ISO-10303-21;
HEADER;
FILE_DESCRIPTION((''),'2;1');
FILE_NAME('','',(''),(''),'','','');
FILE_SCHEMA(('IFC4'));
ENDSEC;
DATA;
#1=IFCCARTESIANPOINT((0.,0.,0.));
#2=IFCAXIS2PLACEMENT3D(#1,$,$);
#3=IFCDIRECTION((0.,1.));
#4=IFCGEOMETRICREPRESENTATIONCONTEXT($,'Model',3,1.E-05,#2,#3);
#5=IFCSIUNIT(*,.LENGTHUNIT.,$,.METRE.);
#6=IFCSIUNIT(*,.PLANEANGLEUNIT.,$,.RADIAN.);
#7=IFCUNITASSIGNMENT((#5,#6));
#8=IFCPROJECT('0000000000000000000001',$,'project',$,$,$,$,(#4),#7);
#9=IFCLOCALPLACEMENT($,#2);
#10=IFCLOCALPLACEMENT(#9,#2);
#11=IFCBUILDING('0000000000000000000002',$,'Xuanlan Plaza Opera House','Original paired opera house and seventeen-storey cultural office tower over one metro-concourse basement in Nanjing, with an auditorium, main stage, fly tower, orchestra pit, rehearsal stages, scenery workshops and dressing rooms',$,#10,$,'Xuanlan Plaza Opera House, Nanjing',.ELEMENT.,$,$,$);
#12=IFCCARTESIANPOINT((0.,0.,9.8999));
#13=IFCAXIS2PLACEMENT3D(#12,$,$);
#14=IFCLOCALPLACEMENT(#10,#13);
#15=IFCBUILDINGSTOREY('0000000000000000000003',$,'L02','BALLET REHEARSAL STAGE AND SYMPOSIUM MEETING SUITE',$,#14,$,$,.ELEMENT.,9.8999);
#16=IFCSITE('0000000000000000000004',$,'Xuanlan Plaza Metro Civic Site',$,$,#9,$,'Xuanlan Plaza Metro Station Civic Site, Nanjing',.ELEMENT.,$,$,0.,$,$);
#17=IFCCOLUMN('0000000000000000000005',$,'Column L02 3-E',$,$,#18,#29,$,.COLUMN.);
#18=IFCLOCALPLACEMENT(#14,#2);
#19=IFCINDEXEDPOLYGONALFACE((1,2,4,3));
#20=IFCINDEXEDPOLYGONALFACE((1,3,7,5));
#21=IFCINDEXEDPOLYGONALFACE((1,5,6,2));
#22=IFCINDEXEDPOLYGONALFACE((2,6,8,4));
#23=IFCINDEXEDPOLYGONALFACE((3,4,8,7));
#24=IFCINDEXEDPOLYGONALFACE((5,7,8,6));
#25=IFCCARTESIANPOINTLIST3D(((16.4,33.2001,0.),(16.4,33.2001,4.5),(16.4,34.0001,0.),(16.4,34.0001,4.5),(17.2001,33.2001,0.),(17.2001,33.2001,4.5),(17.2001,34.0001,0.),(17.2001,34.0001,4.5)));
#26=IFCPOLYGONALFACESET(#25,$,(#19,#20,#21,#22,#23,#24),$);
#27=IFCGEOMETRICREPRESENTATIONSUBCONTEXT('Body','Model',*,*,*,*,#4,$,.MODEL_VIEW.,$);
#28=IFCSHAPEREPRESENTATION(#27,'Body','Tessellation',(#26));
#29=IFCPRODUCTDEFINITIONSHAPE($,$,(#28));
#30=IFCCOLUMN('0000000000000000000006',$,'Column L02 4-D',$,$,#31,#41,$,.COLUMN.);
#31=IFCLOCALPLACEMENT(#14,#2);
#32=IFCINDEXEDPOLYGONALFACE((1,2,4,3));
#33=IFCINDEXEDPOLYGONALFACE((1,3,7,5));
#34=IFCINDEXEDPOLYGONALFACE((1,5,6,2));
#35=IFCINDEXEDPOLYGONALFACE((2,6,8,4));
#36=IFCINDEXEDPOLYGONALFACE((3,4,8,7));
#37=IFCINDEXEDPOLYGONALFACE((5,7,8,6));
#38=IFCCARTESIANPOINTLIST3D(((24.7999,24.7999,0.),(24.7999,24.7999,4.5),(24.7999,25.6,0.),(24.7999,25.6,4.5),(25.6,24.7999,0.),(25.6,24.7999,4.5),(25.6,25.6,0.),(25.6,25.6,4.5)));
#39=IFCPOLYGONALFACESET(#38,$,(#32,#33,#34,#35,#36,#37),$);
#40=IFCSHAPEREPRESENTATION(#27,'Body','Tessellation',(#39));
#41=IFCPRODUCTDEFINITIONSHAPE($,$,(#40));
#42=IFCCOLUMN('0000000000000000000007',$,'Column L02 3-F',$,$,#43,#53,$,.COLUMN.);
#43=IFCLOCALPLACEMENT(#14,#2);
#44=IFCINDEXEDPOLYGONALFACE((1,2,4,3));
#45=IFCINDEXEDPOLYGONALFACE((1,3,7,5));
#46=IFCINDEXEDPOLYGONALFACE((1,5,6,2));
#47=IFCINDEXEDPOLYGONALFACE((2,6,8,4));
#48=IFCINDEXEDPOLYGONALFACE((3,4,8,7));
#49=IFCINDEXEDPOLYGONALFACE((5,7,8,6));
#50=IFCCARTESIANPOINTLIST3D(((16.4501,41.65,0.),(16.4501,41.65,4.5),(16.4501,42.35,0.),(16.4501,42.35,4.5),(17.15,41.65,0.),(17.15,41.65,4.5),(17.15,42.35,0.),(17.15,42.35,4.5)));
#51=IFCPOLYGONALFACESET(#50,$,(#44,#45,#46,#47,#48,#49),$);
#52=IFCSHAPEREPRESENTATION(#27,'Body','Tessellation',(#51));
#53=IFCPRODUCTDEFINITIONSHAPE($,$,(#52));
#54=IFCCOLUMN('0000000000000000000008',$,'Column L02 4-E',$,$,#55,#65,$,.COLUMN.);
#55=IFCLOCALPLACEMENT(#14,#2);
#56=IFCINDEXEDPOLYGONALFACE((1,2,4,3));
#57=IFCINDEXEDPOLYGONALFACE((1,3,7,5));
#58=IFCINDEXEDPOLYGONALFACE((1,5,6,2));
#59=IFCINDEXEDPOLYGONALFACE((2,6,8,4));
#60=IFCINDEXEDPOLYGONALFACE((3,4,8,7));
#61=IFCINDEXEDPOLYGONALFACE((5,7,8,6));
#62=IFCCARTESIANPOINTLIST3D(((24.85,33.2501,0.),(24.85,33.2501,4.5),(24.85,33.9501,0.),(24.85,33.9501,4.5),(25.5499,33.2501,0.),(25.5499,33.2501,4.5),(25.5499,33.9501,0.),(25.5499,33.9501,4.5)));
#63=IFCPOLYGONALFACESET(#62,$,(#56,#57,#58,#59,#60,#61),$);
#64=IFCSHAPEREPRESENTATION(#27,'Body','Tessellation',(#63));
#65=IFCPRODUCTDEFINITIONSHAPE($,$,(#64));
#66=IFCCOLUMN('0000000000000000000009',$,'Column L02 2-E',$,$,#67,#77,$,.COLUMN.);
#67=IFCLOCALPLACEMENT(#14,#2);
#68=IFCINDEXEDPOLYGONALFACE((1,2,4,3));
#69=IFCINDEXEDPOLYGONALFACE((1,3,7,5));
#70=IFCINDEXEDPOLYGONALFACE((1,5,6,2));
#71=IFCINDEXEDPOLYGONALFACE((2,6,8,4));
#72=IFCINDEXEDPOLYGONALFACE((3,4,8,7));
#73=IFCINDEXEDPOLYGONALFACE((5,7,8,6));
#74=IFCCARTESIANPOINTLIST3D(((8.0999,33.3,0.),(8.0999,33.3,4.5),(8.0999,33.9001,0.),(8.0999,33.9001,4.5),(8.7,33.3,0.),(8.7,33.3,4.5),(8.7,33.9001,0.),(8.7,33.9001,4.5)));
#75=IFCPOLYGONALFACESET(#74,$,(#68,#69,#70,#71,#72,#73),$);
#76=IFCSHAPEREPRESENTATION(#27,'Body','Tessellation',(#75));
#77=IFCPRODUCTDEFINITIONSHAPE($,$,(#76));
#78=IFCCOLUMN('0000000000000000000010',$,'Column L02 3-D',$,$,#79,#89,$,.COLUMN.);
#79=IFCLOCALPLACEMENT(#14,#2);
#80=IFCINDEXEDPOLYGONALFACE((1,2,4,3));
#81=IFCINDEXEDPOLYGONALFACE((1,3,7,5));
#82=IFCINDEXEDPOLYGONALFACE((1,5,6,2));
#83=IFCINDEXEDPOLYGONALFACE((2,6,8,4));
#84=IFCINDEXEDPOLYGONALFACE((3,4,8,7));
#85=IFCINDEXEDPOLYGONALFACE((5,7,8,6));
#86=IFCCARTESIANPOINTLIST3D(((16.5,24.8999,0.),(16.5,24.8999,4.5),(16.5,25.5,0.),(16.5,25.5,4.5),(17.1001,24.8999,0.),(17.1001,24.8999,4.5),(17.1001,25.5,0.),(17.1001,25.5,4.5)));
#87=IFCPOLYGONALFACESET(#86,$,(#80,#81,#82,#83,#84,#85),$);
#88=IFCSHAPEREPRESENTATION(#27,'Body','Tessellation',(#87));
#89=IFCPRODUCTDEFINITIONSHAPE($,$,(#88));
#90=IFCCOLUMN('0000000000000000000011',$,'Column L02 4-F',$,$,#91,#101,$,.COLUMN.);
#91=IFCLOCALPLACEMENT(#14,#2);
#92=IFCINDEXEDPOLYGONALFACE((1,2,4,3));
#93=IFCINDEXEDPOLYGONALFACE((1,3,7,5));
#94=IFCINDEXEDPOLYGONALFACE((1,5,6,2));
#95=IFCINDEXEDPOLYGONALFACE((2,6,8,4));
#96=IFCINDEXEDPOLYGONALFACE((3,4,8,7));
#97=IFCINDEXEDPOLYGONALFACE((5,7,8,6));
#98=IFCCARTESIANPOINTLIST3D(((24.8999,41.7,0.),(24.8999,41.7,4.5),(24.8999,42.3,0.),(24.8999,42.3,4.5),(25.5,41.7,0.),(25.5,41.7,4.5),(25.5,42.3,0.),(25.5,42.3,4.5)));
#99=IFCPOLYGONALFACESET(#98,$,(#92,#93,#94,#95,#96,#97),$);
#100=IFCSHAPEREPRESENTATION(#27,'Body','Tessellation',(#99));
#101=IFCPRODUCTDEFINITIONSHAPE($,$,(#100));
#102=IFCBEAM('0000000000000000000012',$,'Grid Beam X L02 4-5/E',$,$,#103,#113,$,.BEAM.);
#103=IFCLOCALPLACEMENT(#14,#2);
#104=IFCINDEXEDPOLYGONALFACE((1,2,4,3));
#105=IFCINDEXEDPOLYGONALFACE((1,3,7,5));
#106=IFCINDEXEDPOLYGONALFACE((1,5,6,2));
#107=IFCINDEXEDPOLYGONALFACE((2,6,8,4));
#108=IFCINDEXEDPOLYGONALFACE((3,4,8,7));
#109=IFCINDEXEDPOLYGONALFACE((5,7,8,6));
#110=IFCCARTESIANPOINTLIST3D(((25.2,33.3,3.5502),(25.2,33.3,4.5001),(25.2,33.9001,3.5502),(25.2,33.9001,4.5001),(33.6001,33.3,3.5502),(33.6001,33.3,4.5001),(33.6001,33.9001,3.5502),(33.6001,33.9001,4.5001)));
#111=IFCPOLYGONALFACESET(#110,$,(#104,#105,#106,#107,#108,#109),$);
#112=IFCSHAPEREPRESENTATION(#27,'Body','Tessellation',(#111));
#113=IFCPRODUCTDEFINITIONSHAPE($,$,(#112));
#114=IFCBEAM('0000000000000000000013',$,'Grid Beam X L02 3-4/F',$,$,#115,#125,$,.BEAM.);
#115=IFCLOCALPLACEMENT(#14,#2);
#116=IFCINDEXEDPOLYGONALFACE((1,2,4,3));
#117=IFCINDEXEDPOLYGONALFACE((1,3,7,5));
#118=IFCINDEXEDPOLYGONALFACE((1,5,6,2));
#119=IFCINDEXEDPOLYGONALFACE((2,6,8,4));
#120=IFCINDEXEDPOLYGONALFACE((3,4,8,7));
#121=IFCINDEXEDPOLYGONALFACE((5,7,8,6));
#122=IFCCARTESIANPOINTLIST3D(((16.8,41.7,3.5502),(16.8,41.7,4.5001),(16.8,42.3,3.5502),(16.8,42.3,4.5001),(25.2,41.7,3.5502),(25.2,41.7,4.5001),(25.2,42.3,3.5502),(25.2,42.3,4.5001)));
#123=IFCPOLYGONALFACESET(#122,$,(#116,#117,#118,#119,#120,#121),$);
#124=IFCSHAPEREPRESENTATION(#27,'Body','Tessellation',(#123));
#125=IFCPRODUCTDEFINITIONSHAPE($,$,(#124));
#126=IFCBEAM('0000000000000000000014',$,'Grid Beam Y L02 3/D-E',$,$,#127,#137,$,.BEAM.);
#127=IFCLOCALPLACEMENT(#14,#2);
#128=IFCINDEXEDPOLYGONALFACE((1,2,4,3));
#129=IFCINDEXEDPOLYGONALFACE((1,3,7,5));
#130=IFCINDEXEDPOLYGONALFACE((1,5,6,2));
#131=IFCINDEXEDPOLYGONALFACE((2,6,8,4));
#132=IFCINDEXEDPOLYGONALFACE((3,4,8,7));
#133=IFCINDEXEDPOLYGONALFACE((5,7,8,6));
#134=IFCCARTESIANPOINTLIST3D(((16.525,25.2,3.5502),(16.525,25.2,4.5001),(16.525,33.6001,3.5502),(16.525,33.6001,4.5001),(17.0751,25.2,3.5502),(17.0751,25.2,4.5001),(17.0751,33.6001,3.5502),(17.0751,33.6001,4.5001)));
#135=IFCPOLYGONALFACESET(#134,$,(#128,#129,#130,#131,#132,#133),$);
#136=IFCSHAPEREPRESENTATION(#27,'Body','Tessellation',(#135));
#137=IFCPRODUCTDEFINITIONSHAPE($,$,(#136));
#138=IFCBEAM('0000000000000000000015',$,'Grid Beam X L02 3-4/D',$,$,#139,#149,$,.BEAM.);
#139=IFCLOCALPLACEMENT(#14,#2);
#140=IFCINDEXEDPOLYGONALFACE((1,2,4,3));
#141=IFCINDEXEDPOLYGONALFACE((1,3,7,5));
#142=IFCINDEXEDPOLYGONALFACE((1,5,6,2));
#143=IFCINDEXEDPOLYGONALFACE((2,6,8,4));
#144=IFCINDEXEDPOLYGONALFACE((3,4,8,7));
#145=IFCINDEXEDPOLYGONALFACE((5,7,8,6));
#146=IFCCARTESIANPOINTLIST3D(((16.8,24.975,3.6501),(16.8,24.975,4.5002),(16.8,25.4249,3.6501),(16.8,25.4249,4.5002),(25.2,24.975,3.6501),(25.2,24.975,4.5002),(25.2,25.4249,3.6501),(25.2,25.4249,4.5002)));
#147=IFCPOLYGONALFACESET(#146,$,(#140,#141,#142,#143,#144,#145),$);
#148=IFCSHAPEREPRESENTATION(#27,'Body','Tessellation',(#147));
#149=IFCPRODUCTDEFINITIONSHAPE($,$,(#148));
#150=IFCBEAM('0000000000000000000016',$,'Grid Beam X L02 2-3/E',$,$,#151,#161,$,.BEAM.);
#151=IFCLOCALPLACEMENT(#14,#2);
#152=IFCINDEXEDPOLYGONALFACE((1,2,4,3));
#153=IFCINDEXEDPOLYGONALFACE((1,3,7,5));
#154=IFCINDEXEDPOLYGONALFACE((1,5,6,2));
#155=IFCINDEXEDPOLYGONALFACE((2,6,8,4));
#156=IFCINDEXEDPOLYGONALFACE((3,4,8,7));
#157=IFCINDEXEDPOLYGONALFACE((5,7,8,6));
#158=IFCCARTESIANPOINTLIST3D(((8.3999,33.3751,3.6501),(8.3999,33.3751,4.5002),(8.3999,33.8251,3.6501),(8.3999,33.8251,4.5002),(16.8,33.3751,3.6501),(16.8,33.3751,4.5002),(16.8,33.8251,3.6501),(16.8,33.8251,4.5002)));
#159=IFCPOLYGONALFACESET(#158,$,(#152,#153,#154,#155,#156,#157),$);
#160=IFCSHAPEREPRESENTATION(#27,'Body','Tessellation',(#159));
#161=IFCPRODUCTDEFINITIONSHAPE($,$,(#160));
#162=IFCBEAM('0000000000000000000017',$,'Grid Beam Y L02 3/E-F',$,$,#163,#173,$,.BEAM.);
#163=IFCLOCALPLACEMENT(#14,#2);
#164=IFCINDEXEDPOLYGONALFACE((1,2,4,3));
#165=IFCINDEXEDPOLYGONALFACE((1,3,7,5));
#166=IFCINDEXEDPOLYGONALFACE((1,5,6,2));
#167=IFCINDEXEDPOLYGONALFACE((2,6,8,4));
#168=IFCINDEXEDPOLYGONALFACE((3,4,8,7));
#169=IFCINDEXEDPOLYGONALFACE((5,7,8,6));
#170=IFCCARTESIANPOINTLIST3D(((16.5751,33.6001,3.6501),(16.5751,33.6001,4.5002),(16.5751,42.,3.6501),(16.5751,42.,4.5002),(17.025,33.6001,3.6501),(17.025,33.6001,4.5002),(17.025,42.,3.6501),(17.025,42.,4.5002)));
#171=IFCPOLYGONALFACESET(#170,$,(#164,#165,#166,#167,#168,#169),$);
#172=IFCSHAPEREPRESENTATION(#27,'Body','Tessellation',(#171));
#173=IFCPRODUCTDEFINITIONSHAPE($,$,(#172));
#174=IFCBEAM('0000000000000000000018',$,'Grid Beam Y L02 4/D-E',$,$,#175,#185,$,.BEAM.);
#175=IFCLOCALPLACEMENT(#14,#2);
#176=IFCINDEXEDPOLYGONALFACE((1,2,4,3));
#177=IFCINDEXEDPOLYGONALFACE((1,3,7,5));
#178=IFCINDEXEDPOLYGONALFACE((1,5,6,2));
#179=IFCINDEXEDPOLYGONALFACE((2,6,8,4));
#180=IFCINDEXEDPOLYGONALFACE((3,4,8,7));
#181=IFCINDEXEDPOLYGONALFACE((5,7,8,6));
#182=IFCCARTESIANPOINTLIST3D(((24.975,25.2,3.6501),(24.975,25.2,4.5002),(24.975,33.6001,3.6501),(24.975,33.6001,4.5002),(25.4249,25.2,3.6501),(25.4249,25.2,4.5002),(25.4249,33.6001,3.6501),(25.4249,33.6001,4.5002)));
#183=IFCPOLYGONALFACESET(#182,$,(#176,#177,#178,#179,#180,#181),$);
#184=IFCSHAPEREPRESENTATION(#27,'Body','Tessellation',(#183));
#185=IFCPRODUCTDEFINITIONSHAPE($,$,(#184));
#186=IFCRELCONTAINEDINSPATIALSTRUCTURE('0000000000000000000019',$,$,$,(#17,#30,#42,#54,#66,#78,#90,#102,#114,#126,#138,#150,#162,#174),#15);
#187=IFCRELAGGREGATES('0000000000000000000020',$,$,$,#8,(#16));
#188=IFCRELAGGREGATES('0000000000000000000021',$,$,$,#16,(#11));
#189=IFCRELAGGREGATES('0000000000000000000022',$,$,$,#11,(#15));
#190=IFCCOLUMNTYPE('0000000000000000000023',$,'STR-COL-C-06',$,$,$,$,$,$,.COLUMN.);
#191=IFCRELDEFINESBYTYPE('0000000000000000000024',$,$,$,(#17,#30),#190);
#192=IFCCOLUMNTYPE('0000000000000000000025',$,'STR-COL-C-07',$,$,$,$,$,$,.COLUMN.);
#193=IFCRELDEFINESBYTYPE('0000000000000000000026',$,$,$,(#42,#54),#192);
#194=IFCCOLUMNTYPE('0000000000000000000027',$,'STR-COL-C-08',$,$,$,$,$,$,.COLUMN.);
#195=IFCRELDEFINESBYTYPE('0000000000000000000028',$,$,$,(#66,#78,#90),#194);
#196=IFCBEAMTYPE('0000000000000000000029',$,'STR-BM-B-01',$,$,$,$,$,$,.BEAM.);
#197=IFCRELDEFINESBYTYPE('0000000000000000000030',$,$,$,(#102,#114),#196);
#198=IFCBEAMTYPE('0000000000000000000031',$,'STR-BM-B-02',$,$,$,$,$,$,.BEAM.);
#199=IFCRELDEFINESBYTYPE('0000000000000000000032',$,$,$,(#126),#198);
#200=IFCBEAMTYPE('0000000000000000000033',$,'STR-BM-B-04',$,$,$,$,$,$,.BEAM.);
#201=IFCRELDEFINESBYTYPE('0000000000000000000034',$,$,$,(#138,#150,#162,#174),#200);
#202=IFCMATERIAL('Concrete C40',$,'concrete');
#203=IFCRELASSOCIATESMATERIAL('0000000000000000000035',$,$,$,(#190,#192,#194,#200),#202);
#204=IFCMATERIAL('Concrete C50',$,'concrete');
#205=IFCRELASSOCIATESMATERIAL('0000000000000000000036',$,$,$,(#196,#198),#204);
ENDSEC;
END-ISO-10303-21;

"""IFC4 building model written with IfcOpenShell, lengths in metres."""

from ifc_helpers import new_model, si_unit, direction, frame, origin, origin_2d, place, context, subcontext, project, spatial, rectangle, extrude, material, material_profile, profile_set, type_object, element, save


model = new_model("IFC4")

# Units and contexts
model_context = context("Model", 3, precision=1e-05, world=origin(), true_north=direction((0.0, 1.0)))
body_context = subcontext(model_context, "Body", "Model", "MODEL_VIEW")
ifc_project = project(units=[si_unit("LENGTHUNIT", "METRE"), si_unit("PLANEANGLEUNIT", "RADIAN")], contexts=[model_context])

# Site, building, storey
site_placement = place(None, origin())
site = spatial("IfcSite", under=ifc_project, at=site_placement, Name="Xuanlan Plaza Metro Civic Site", LongName="Xuanlan Plaza Metro Station Civic Site, Nanjing", CompositionType="ELEMENT", RefElevation=0.0)
building_placement = place(site_placement, origin())
building = spatial("IfcBuilding", under=site, at=building_placement, Name="Xuanlan Plaza Opera House", Description="Original paired opera house and seventeen-storey cultural office tower over one metro-concourse basement in Nanjing, with an auditorium, main stage, fly tower, orchestra pit, rehearsal stages, scenery workshops and dressing rooms", LongName="Xuanlan Plaza Opera House, Nanjing", CompositionType="ELEMENT")
storey_placement = place(building_placement, frame((0.0, 0.0, 9.8999)))
storey = spatial("IfcBuildingStorey", under=building, at=storey_placement, Name="L02", Description="BALLET REHEARSAL STAGE AND SYMPOSIUM MEETING SUITE", CompositionType="ELEMENT", Elevation=9.8999)

# Columns
ifc_material_1 = material(Name="Concrete C40", Category="concrete")
ifc_material_profile_1 = material_profile(ifc_material_1, rectangle(XDim=0.8, YDim=0.8, at=origin_2d()), Name="RC-COL 800x800")
ifc_profile_set_1 = profile_set([ifc_material_profile_1], Name="Concrete C40")
column_type_1 = type_object("IfcColumnType", Name="STR-COL-C-06", PredefinedType="COLUMN", material=ifc_profile_set_1)
for number, where, z_axis, x_axis, name in (
    (1, (16.8, 33.6001, 0.0), (0.0, 0.0, 1.0), (1.0, 0.0, 0.0), "Column L02 3-E"),
    (2, (25.2, 25.2, 0.0), (0.0, 0.0, 1.0), (1.0, 0.0, 0.0), "Column L02 4-D"),
):
    element("IfcColumn", number, at=place(storey_placement, frame(where, z_axis=z_axis, x_axis=x_axis)), inside=storey, type_object=column_type_1, Name=name, PredefinedType="COLUMN", context=body_context, shape_type="SweptSolid", body=[
        extrude(rectangle(XDim=0.8, YDim=0.8, at=origin_2d()), origin(), (0.0, 0.0, 1.0), 4.5),
    ])
ifc_material_profile_2 = material_profile(ifc_material_1, rectangle(XDim=0.7, YDim=0.7, at=origin_2d()), Name="RC-COL 700x700")
ifc_profile_set_2 = profile_set([ifc_material_profile_2], Name="Concrete C40")
column_type_2 = type_object("IfcColumnType", Name="STR-COL-C-07", PredefinedType="COLUMN", material=ifc_profile_set_2)
for number, where, z_axis, x_axis, name in (
    (3, (16.8, 42.0, 0.0), (0.0, 0.0, 1.0), (1.0, 0.0, 0.0), "Column L02 3-F"),
    (4, (25.2, 33.6001, 0.0), (0.0, 0.0, 1.0), (1.0, 0.0, 0.0), "Column L02 4-E"),
):
    element("IfcColumn", number, at=place(storey_placement, frame(where, z_axis=z_axis, x_axis=x_axis)), inside=storey, type_object=column_type_2, Name=name, PredefinedType="COLUMN", context=body_context, shape_type="SweptSolid", body=[
        extrude(rectangle(XDim=0.7, YDim=0.7, at=origin_2d()), origin(), (0.0, 0.0, 1.0), 4.5),
    ])
ifc_material_profile_3 = material_profile(ifc_material_1, rectangle(XDim=0.6001, YDim=0.6001, at=origin_2d()), Name="RC-COL 600x600")
ifc_profile_set_3 = profile_set([ifc_material_profile_3], Name="Concrete C40")
column_type_3 = type_object("IfcColumnType", Name="STR-COL-C-08", PredefinedType="COLUMN", material=ifc_profile_set_3)
for number, where, z_axis, x_axis, name in (
    (5, (8.3999, 33.6001, 0.0), (0.0, 0.0, 1.0), (1.0, 0.0, 0.0), "Column L02 2-E"),
    (6, (16.8, 25.2, 0.0), (0.0, 0.0, 1.0), (1.0, 0.0, 0.0), "Column L02 3-D"),
    (7, (25.2, 42.0, 0.0), (0.0, 0.0, 1.0), (1.0, 0.0, 0.0), "Column L02 4-F"),
):
    element("IfcColumn", number, at=place(storey_placement, frame(where, z_axis=z_axis, x_axis=x_axis)), inside=storey, type_object=column_type_3, Name=name, PredefinedType="COLUMN", context=body_context, shape_type="SweptSolid", body=[
        extrude(rectangle(XDim=0.6001, YDim=0.6001, at=origin_2d()), origin(), (0.0, 0.0, 1.0), 4.5),
    ])

# Beams
ifc_material_2 = material(Name="Concrete C50", Category="concrete")
ifc_material_profile_4 = material_profile(ifc_material_2, rectangle(XDim=0.6001, YDim=0.95, at=origin_2d()), Name="RC-BM 600x950")
ifc_profile_set_4 = profile_set([ifc_material_profile_4], Name="Concrete C50")
beam_type_1 = type_object("IfcBeamType", Name="STR-BM-B-01", PredefinedType="BEAM", material=ifc_profile_set_4)
beam_1_placement = place(storey_placement, frame((25.2, 33.6001, 4.0251), z_axis=(1.0, 0.0, 0.0), x_axis=(0.0, 1.0, 0.0)))
element("IfcBeam", 8, at=beam_1_placement, inside=storey, type_object=beam_type_1, Name="Grid Beam X L02 4-5/E", PredefinedType="BEAM", context=body_context, shape_type="SweptSolid", body=[
    extrude(rectangle(XDim=0.6001, YDim=0.95, at=origin_2d()), origin(), (0.0, 0.0, 1.0), 8.4001),
])
beam_2_placement = place(storey_placement, frame((16.8, 42.0, 4.0251), z_axis=(1.0, 0.0, 0.0), x_axis=(0.0, 1.0, 0.0)))
element("IfcBeam", 9, at=beam_2_placement, inside=storey, type_object=beam_type_1, Name="Grid Beam X L02 3-4/F", PredefinedType="BEAM", context=body_context, shape_type="SweptSolid", body=[
    extrude(rectangle(XDim=0.6001, YDim=0.95, at=origin_2d()), origin(), (0.0, 0.0, 1.0), 8.3999),
])
ifc_material_profile_5 = material_profile(ifc_material_2, rectangle(XDim=0.55, YDim=0.95, at=origin_2d()), Name="RC-BM 550x950")
ifc_profile_set_5 = profile_set([ifc_material_profile_5], Name="Concrete C50")
beam_type_2 = type_object("IfcBeamType", Name="STR-BM-B-02", PredefinedType="BEAM", material=ifc_profile_set_5)
beam_3_placement = place(storey_placement, frame((16.8, 25.2, 4.0251), z_axis=(0.0, 1.0, 0.0), x_axis=(-1.0, 0.0, 0.0)))
element("IfcBeam", 10, at=beam_3_placement, inside=storey, type_object=beam_type_2, Name="Grid Beam Y L02 3/D-E", PredefinedType="BEAM", context=body_context, shape_type="SweptSolid", body=[
    extrude(rectangle(XDim=0.55, YDim=0.95, at=origin_2d()), origin(), (0.0, 0.0, 1.0), 8.4001),
])
ifc_material_profile_6 = material_profile(ifc_material_1, rectangle(XDim=0.45, YDim=0.8501, at=origin_2d()), Name="RC-BM 450x850")
ifc_profile_set_6 = profile_set([ifc_material_profile_6], Name="Concrete C40")
beam_type_3 = type_object("IfcBeamType", Name="STR-BM-B-04", PredefinedType="BEAM", material=ifc_profile_set_6)
beam_4_placement = place(storey_placement, frame((16.8, 25.2, 4.0752), z_axis=(1.0, 0.0, 0.0), x_axis=(0.0, 1.0, 0.0)))
element("IfcBeam", 11, at=beam_4_placement, inside=storey, type_object=beam_type_3, Name="Grid Beam X L02 3-4/D", PredefinedType="BEAM", context=body_context, shape_type="SweptSolid", body=[
    extrude(rectangle(XDim=0.45, YDim=0.8501, at=origin_2d()), origin(), (0.0, 0.0, 1.0), 8.3999),
])
beam_5_placement = place(storey_placement, frame((8.3999, 33.6001, 4.0752), z_axis=(1.0, 0.0, 0.0), x_axis=(0.0, 1.0, 0.0)))
element("IfcBeam", 12, at=beam_5_placement, inside=storey, type_object=beam_type_3, Name="Grid Beam X L02 2-3/E", PredefinedType="BEAM", context=body_context, shape_type="SweptSolid", body=[
    extrude(rectangle(XDim=0.45, YDim=0.8501, at=origin_2d()), origin(), (0.0, 0.0, 1.0), 8.4001),
])
beam_6_placement = place(storey_placement, frame((16.8, 33.6001, 4.0752), z_axis=(0.0, 1.0, 0.0), x_axis=(-1.0, 0.0, 0.0)))
element("IfcBeam", 13, at=beam_6_placement, inside=storey, type_object=beam_type_3, Name="Grid Beam Y L02 3/E-F", PredefinedType="BEAM", context=body_context, shape_type="SweptSolid", body=[
    extrude(rectangle(XDim=0.45, YDim=0.8501, at=origin_2d()), origin(), (0.0, 0.0, 1.0), 8.3999),
])
beam_7_placement = place(storey_placement, frame((25.2, 25.2, 4.0752), z_axis=(0.0, 1.0, 0.0), x_axis=(-1.0, 0.0, 0.0)))
element("IfcBeam", 14, at=beam_7_placement, inside=storey, type_object=beam_type_3, Name="Grid Beam Y L02 4/D-E", PredefinedType="BEAM", context=body_context, shape_type="SweptSolid", body=[
    extrude(rectangle(XDim=0.45, YDim=0.8501, at=origin_2d()), origin(), (0.0, 0.0, 1.0), 8.4001),
])

save(model, "model.ifc")
